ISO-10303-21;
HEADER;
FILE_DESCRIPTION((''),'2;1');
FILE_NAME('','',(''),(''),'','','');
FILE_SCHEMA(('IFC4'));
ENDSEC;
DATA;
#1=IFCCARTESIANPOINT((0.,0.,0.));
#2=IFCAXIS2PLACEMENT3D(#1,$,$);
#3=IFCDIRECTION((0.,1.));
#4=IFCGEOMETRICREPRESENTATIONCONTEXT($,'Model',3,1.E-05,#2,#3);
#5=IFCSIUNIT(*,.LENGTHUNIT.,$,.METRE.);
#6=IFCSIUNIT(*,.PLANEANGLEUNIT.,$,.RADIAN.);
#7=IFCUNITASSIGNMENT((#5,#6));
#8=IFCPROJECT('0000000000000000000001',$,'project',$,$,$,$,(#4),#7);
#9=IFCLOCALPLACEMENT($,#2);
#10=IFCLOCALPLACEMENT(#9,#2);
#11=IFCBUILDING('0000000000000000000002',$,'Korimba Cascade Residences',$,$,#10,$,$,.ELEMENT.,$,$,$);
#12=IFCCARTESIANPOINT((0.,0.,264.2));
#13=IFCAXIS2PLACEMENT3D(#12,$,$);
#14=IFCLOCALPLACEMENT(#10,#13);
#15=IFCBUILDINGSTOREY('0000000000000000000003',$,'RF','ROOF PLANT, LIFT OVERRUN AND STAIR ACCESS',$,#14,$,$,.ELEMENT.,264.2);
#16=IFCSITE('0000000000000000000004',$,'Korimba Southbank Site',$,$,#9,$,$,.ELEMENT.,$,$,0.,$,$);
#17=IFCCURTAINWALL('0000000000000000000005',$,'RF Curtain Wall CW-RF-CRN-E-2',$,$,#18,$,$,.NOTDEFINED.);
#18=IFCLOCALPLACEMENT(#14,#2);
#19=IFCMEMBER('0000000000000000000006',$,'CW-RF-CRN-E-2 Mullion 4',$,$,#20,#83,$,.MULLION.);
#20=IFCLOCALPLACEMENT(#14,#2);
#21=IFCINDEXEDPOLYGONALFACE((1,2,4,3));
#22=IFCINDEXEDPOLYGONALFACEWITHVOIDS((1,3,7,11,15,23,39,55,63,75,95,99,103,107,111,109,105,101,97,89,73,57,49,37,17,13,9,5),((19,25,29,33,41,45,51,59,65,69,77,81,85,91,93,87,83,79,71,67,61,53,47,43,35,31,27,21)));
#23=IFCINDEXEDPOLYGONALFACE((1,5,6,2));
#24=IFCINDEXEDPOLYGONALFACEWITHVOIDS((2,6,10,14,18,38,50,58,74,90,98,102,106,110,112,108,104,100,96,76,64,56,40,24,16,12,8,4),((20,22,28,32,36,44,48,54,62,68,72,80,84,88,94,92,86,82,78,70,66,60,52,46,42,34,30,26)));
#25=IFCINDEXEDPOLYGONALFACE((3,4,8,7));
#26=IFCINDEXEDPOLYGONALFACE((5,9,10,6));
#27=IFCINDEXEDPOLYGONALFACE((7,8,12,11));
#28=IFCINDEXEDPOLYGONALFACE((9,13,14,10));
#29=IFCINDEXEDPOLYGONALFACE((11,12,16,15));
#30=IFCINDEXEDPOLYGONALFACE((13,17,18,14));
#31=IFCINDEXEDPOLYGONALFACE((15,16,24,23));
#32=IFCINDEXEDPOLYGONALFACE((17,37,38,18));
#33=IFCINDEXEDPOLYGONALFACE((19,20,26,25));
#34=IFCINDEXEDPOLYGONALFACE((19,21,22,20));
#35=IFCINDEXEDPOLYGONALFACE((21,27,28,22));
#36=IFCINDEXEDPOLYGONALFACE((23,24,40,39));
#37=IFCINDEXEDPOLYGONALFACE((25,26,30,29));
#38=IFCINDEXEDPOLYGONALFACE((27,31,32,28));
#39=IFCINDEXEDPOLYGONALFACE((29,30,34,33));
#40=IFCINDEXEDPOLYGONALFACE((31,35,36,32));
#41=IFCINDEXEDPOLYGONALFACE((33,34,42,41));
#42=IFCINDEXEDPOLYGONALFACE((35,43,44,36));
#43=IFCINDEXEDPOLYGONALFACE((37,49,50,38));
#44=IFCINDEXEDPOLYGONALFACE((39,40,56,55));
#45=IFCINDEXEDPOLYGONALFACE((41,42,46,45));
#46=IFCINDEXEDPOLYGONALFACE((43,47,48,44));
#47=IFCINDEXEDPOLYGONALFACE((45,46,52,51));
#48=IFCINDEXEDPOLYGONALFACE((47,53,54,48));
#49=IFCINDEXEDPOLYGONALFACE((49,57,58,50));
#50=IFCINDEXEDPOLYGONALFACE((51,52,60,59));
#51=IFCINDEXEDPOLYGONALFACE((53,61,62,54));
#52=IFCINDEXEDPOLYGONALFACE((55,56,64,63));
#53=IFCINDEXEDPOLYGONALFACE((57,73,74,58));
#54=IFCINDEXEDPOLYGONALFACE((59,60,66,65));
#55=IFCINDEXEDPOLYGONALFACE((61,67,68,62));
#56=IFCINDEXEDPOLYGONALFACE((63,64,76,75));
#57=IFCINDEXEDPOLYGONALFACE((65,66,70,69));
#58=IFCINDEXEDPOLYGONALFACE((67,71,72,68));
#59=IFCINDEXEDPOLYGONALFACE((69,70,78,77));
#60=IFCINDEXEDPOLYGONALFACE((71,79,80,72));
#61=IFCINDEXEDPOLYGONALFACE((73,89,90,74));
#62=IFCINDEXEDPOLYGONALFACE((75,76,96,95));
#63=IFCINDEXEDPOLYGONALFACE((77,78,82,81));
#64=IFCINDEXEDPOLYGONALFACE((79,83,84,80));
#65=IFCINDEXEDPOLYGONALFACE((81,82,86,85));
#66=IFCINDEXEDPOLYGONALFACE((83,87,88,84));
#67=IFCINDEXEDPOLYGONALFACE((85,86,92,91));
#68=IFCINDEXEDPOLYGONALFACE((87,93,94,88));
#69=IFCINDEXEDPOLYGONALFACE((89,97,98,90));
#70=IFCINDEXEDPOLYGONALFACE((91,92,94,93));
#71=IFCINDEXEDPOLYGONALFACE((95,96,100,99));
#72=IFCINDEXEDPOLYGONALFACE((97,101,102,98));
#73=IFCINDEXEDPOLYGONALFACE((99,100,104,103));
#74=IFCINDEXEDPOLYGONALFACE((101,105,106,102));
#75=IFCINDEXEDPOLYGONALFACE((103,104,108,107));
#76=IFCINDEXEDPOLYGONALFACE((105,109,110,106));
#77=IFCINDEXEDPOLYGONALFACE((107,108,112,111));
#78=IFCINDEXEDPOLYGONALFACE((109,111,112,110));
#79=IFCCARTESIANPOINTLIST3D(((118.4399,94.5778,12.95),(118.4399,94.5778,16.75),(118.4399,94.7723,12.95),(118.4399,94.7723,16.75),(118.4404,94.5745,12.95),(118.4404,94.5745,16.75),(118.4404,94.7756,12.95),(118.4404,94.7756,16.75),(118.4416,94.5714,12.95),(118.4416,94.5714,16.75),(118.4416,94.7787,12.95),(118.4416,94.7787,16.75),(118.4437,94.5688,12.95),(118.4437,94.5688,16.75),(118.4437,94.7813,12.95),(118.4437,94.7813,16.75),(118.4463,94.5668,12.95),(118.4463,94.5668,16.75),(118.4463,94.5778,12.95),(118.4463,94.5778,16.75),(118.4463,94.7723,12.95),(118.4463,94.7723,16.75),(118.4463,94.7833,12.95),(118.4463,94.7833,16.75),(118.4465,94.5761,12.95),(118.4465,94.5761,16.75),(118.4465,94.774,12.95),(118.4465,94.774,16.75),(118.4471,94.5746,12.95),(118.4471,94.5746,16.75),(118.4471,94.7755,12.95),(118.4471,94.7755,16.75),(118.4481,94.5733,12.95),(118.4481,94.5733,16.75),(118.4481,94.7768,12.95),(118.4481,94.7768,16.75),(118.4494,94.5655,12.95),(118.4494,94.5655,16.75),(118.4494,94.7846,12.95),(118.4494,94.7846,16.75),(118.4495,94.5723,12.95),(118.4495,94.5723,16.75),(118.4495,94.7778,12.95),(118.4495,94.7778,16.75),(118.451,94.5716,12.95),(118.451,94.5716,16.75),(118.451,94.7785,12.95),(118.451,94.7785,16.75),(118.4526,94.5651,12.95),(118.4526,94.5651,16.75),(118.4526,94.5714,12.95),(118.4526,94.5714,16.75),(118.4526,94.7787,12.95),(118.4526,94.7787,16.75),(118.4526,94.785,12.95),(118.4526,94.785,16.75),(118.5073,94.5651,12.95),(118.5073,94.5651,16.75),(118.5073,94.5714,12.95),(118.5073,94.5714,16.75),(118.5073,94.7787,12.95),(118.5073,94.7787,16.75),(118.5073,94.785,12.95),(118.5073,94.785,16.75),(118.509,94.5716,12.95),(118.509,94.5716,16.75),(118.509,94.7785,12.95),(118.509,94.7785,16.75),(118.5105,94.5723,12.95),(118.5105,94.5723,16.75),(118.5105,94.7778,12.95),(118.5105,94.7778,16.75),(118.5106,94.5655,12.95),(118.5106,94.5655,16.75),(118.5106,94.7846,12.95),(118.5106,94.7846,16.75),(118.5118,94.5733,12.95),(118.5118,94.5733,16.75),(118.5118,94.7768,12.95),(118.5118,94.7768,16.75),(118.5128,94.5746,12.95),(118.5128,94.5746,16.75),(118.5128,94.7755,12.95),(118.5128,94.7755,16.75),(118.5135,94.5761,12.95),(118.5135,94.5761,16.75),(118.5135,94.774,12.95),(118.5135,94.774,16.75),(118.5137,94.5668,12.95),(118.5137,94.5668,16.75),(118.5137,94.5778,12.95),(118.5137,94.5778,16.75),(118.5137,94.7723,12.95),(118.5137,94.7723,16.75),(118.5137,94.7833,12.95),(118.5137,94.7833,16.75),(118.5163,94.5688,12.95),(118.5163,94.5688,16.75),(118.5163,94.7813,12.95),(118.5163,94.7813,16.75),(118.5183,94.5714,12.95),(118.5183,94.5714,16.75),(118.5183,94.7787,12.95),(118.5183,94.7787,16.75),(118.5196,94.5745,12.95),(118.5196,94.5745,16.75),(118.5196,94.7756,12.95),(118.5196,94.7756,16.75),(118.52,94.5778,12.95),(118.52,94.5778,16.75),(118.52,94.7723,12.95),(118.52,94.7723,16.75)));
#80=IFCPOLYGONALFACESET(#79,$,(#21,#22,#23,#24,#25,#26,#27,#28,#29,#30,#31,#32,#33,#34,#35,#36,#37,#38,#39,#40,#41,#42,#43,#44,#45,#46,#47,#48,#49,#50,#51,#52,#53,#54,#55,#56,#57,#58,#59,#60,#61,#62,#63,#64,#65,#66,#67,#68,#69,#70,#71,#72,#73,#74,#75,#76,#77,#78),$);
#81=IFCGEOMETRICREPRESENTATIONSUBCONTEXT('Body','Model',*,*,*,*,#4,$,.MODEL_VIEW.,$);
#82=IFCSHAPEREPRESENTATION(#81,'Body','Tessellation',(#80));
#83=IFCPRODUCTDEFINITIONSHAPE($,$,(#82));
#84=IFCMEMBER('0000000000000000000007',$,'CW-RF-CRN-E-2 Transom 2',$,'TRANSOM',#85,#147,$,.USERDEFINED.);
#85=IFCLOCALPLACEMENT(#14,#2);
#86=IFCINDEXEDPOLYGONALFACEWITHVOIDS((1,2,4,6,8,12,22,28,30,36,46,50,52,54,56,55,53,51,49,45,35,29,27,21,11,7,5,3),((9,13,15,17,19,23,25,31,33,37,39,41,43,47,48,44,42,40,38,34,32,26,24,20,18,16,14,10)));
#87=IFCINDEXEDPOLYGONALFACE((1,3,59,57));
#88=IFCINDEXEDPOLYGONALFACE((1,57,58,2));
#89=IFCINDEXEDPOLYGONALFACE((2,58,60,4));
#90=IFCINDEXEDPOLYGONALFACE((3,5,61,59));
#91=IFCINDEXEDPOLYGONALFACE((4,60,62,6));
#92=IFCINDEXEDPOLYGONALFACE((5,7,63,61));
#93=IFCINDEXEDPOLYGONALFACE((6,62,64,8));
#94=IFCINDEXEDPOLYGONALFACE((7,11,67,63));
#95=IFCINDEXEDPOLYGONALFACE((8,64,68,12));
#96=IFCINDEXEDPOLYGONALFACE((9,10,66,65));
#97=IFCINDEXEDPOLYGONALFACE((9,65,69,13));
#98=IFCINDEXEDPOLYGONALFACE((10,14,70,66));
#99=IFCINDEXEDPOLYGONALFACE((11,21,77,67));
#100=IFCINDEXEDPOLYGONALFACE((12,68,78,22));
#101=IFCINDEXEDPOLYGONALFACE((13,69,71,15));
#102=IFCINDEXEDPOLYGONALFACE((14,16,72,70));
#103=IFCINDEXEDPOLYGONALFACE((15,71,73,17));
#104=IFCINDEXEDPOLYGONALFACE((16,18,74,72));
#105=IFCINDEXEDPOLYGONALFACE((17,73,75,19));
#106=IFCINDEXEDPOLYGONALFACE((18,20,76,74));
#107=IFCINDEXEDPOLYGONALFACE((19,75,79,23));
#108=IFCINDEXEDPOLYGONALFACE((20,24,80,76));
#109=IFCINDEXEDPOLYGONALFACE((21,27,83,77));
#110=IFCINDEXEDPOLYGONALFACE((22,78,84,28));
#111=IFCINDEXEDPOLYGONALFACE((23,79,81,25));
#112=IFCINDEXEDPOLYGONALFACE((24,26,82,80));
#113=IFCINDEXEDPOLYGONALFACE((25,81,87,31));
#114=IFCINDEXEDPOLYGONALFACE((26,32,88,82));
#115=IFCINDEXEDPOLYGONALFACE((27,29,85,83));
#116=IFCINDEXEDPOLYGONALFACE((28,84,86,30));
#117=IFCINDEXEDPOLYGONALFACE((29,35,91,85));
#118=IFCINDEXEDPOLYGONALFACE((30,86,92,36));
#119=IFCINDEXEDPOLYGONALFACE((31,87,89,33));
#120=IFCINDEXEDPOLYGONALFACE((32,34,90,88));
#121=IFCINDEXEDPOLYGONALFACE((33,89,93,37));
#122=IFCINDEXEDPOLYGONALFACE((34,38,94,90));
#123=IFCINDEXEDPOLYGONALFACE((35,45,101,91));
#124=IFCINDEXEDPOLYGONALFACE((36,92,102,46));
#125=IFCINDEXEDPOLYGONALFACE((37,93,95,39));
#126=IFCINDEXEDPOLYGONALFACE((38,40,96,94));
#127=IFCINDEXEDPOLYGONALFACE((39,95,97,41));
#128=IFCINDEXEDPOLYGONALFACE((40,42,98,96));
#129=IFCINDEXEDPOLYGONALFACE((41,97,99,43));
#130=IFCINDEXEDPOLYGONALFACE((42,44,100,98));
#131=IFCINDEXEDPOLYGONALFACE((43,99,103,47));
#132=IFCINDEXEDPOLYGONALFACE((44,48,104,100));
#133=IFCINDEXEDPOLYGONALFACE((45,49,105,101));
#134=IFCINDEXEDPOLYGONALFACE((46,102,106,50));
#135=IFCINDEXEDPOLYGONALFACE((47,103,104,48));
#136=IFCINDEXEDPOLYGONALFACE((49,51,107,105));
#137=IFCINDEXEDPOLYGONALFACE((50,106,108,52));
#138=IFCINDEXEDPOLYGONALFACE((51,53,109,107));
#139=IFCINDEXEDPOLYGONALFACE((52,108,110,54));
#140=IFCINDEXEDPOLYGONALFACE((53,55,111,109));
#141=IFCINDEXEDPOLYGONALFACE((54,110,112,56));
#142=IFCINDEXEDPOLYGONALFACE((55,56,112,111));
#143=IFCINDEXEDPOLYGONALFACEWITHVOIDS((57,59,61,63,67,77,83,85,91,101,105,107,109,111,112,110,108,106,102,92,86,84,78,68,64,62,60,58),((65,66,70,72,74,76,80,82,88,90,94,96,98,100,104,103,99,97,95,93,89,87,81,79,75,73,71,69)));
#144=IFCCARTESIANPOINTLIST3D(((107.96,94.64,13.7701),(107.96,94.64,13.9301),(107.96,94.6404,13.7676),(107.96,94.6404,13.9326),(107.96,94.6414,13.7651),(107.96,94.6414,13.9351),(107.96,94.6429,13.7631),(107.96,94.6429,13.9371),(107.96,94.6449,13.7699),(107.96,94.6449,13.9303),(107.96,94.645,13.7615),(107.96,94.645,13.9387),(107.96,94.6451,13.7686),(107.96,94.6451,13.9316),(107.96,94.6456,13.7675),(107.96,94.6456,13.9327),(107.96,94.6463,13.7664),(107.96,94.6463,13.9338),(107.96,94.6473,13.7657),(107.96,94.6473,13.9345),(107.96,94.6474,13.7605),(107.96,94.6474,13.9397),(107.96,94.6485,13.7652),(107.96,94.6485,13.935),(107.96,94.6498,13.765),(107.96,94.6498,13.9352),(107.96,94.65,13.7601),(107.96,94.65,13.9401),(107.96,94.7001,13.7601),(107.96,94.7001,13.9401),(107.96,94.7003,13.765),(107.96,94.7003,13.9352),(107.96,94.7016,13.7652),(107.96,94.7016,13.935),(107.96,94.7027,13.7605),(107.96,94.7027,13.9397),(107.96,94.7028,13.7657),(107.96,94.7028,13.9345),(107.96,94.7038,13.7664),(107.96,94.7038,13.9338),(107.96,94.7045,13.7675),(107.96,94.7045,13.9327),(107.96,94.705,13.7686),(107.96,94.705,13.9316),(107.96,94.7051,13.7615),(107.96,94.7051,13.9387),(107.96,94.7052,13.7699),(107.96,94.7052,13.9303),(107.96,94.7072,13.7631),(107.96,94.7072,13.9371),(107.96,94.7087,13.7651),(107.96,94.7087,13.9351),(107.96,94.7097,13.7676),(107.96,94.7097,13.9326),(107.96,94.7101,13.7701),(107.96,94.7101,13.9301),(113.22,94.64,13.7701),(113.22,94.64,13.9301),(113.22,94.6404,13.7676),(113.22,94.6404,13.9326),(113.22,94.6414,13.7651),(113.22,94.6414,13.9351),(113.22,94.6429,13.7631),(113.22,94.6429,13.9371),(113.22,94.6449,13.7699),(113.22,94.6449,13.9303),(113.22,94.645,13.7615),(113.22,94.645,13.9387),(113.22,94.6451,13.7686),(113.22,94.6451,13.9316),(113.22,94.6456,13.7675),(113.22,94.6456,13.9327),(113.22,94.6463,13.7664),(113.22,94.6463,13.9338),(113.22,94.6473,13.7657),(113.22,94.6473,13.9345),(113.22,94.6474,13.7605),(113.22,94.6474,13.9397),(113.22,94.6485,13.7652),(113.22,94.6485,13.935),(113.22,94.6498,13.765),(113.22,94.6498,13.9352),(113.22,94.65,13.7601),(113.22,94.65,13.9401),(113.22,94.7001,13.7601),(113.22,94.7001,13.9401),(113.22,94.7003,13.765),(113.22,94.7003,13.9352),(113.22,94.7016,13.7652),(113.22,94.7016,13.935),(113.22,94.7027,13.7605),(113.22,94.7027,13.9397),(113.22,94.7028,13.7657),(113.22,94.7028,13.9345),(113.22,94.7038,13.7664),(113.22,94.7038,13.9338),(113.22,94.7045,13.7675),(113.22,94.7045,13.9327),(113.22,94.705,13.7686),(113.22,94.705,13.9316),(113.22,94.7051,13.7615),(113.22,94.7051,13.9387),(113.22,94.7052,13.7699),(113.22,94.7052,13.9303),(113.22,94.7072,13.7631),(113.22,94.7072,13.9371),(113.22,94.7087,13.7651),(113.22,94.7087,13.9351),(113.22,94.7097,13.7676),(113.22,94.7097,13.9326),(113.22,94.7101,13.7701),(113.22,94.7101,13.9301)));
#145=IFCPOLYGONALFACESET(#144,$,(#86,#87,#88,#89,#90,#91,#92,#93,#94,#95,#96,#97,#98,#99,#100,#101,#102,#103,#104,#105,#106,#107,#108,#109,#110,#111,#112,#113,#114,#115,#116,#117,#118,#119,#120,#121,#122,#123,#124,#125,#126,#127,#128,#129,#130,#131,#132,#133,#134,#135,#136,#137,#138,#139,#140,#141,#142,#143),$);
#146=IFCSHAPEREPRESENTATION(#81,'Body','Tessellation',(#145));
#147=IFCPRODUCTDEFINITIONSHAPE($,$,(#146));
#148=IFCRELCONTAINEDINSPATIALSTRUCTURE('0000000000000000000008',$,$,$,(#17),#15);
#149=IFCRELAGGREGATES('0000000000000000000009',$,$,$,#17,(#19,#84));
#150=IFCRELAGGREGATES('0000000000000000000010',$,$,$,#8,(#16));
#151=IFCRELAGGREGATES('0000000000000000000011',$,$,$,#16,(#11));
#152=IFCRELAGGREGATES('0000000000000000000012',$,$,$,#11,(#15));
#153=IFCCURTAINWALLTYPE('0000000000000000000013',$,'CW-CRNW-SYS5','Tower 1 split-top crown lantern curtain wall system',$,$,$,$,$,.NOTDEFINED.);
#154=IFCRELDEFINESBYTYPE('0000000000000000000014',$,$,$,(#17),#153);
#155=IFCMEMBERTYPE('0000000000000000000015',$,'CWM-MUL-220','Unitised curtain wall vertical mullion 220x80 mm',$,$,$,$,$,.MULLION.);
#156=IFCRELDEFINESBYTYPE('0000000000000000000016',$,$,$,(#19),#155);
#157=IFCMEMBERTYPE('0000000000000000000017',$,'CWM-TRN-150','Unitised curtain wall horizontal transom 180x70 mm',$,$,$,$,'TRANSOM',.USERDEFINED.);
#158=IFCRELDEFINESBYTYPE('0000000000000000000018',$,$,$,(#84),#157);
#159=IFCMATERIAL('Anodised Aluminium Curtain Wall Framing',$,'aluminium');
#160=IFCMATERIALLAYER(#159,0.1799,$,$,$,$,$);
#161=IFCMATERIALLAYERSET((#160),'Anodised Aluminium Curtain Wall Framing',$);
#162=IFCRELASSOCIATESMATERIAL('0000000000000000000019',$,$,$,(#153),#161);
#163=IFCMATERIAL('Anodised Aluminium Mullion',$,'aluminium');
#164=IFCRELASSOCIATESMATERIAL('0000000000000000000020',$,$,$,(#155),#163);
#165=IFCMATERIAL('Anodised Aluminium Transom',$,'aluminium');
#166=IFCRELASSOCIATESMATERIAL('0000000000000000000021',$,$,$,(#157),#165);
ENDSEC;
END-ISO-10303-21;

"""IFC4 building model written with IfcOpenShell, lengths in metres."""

from ifc_helpers import new_model, si_unit, direction, frame, origin, origin_2d, place, context, subcontext, project, spatial, hollow_rectangle, extrude, material, layer, layer_set, material_profile, profile_set, type_object, element, aggregate, save


model = new_model("IFC4")

# Units and contexts
model_context = context("Model", 3, precision=1e-05, world=origin(), true_north=direction((0.0, 1.0)))
body_context = subcontext(model_context, "Body", "Model", "MODEL_VIEW")
ifc_project = project(units=[si_unit("LENGTHUNIT", "METRE"), si_unit("PLANEANGLEUNIT", "RADIAN")], contexts=[model_context])

# Site, building, storey
site_placement = place(None, origin())
site = spatial("IfcSite", under=ifc_project, at=site_placement, Name="Korimba Southbank Site", CompositionType="ELEMENT", RefElevation=0.0)
building_placement = place(site_placement, origin())
building = spatial("IfcBuilding", under=site, at=building_placement, Name="Korimba Cascade Residences", CompositionType="ELEMENT")
storey_placement = place(building_placement, frame((0.0, 0.0, 264.2)))
storey = spatial("IfcBuildingStorey", under=building, at=storey_placement, Name="RF", Description="ROOF PLANT, LIFT OVERRUN AND STAIR ACCESS", CompositionType="ELEMENT", Elevation=264.2)

# Curtain wall, members
ifc_material_1 = material(Name="Anodised Aluminium Curtain Wall Framing", Category="aluminium")
ifc_layer_1 = layer(ifc_material_1, 0.1799)
ifc_layer_set_1 = layer_set([ifc_layer_1], Name="Anodised Aluminium Curtain Wall Framing")
curtain_wall_type = type_object("IfcCurtainWallType", Name="CW-CRNW-SYS5", Description="Tower 1 split-top crown lantern curtain wall system", PredefinedType="NOTDEFINED", material=ifc_layer_set_1)
curtain_wall_placement = place(storey_placement, origin())
curtain_wall = element("IfcCurtainWall", 1, at=curtain_wall_placement, inside=storey, type_object=curtain_wall_type, Name="RF Curtain Wall CW-RF-CRN-E-2", PredefinedType="NOTDEFINED")
ifc_material_2 = material(Name="Anodised Aluminium Mullion", Category="aluminium")
ifc_material_profile_1 = material_profile(ifc_material_2, hollow_rectangle(XDim=0.0801, YDim=0.22, WallThickness=0.0063, InnerFilletRadius=0.0063, OuterFilletRadius=0.0127, at=origin_2d()), Name="Anodised Aluminium Mullion")
ifc_profile_set_1 = profile_set([ifc_material_profile_1], Name="Anodised Aluminium Mullion")
member_type_1 = type_object("IfcMemberType", Name="CWM-MUL-220", Description="Unitised curtain wall vertical mullion 220x80 mm", PredefinedType="MULLION", material=ifc_profile_set_1)
member_1_placement = place(storey_placement, frame((118.48, 94.675, 12.95), z_axis=(0.0, 0.0, 1.0), x_axis=(1.0, 0.0, 0.0)))
member_1 = element("IfcMember", 2, at=member_1_placement, type_object=member_type_1, Name="CW-RF-CRN-E-2 Mullion 4", PredefinedType="MULLION", context=body_context, shape_type="SweptSolid", body=[
    extrude(hollow_rectangle(XDim=0.0801, YDim=0.22, WallThickness=0.0063, InnerFilletRadius=0.0063, OuterFilletRadius=0.0127, at=origin_2d()), origin(), (0.0, 0.0, 1.0), 3.8),
])
ifc_material_3 = material(Name="Anodised Aluminium Transom", Category="aluminium")
ifc_material_profile_2 = material_profile(ifc_material_3, hollow_rectangle(XDim=0.0701, YDim=0.1799, WallThickness=0.0049, InnerFilletRadius=0.0049, OuterFilletRadius=0.01, at=origin_2d()), Name="Anodised Aluminium Transom")
ifc_profile_set_2 = profile_set([ifc_material_profile_2], Name="Anodised Aluminium Transom")
member_type_2 = type_object("IfcMemberType", Name="CWM-TRN-150", Description="Unitised curtain wall horizontal transom 180x70 mm", ElementType="TRANSOM", PredefinedType="USERDEFINED", material=ifc_profile_set_2)
member_2_placement = place(storey_placement, frame((107.96, 94.675, 13.8501), z_axis=(1.0, 0.0, 0.0), x_axis=(0.0, 1.0, 0.0)))
member_2 = element("IfcMember", 3, at=member_2_placement, type_object=member_type_2, Name="CW-RF-CRN-E-2 Transom 2", ObjectType="TRANSOM", PredefinedType="USERDEFINED", context=body_context, shape_type="SweptSolid", body=[
    extrude(hollow_rectangle(XDim=0.0701, YDim=0.1799, WallThickness=0.0049, InnerFilletRadius=0.0049, OuterFilletRadius=0.01, at=origin_2d()), origin(), (0.0, 0.0, 1.0), 5.26),
])

aggregate(curtain_wall, [member_1, member_2])

save(model, "model.ifc")
